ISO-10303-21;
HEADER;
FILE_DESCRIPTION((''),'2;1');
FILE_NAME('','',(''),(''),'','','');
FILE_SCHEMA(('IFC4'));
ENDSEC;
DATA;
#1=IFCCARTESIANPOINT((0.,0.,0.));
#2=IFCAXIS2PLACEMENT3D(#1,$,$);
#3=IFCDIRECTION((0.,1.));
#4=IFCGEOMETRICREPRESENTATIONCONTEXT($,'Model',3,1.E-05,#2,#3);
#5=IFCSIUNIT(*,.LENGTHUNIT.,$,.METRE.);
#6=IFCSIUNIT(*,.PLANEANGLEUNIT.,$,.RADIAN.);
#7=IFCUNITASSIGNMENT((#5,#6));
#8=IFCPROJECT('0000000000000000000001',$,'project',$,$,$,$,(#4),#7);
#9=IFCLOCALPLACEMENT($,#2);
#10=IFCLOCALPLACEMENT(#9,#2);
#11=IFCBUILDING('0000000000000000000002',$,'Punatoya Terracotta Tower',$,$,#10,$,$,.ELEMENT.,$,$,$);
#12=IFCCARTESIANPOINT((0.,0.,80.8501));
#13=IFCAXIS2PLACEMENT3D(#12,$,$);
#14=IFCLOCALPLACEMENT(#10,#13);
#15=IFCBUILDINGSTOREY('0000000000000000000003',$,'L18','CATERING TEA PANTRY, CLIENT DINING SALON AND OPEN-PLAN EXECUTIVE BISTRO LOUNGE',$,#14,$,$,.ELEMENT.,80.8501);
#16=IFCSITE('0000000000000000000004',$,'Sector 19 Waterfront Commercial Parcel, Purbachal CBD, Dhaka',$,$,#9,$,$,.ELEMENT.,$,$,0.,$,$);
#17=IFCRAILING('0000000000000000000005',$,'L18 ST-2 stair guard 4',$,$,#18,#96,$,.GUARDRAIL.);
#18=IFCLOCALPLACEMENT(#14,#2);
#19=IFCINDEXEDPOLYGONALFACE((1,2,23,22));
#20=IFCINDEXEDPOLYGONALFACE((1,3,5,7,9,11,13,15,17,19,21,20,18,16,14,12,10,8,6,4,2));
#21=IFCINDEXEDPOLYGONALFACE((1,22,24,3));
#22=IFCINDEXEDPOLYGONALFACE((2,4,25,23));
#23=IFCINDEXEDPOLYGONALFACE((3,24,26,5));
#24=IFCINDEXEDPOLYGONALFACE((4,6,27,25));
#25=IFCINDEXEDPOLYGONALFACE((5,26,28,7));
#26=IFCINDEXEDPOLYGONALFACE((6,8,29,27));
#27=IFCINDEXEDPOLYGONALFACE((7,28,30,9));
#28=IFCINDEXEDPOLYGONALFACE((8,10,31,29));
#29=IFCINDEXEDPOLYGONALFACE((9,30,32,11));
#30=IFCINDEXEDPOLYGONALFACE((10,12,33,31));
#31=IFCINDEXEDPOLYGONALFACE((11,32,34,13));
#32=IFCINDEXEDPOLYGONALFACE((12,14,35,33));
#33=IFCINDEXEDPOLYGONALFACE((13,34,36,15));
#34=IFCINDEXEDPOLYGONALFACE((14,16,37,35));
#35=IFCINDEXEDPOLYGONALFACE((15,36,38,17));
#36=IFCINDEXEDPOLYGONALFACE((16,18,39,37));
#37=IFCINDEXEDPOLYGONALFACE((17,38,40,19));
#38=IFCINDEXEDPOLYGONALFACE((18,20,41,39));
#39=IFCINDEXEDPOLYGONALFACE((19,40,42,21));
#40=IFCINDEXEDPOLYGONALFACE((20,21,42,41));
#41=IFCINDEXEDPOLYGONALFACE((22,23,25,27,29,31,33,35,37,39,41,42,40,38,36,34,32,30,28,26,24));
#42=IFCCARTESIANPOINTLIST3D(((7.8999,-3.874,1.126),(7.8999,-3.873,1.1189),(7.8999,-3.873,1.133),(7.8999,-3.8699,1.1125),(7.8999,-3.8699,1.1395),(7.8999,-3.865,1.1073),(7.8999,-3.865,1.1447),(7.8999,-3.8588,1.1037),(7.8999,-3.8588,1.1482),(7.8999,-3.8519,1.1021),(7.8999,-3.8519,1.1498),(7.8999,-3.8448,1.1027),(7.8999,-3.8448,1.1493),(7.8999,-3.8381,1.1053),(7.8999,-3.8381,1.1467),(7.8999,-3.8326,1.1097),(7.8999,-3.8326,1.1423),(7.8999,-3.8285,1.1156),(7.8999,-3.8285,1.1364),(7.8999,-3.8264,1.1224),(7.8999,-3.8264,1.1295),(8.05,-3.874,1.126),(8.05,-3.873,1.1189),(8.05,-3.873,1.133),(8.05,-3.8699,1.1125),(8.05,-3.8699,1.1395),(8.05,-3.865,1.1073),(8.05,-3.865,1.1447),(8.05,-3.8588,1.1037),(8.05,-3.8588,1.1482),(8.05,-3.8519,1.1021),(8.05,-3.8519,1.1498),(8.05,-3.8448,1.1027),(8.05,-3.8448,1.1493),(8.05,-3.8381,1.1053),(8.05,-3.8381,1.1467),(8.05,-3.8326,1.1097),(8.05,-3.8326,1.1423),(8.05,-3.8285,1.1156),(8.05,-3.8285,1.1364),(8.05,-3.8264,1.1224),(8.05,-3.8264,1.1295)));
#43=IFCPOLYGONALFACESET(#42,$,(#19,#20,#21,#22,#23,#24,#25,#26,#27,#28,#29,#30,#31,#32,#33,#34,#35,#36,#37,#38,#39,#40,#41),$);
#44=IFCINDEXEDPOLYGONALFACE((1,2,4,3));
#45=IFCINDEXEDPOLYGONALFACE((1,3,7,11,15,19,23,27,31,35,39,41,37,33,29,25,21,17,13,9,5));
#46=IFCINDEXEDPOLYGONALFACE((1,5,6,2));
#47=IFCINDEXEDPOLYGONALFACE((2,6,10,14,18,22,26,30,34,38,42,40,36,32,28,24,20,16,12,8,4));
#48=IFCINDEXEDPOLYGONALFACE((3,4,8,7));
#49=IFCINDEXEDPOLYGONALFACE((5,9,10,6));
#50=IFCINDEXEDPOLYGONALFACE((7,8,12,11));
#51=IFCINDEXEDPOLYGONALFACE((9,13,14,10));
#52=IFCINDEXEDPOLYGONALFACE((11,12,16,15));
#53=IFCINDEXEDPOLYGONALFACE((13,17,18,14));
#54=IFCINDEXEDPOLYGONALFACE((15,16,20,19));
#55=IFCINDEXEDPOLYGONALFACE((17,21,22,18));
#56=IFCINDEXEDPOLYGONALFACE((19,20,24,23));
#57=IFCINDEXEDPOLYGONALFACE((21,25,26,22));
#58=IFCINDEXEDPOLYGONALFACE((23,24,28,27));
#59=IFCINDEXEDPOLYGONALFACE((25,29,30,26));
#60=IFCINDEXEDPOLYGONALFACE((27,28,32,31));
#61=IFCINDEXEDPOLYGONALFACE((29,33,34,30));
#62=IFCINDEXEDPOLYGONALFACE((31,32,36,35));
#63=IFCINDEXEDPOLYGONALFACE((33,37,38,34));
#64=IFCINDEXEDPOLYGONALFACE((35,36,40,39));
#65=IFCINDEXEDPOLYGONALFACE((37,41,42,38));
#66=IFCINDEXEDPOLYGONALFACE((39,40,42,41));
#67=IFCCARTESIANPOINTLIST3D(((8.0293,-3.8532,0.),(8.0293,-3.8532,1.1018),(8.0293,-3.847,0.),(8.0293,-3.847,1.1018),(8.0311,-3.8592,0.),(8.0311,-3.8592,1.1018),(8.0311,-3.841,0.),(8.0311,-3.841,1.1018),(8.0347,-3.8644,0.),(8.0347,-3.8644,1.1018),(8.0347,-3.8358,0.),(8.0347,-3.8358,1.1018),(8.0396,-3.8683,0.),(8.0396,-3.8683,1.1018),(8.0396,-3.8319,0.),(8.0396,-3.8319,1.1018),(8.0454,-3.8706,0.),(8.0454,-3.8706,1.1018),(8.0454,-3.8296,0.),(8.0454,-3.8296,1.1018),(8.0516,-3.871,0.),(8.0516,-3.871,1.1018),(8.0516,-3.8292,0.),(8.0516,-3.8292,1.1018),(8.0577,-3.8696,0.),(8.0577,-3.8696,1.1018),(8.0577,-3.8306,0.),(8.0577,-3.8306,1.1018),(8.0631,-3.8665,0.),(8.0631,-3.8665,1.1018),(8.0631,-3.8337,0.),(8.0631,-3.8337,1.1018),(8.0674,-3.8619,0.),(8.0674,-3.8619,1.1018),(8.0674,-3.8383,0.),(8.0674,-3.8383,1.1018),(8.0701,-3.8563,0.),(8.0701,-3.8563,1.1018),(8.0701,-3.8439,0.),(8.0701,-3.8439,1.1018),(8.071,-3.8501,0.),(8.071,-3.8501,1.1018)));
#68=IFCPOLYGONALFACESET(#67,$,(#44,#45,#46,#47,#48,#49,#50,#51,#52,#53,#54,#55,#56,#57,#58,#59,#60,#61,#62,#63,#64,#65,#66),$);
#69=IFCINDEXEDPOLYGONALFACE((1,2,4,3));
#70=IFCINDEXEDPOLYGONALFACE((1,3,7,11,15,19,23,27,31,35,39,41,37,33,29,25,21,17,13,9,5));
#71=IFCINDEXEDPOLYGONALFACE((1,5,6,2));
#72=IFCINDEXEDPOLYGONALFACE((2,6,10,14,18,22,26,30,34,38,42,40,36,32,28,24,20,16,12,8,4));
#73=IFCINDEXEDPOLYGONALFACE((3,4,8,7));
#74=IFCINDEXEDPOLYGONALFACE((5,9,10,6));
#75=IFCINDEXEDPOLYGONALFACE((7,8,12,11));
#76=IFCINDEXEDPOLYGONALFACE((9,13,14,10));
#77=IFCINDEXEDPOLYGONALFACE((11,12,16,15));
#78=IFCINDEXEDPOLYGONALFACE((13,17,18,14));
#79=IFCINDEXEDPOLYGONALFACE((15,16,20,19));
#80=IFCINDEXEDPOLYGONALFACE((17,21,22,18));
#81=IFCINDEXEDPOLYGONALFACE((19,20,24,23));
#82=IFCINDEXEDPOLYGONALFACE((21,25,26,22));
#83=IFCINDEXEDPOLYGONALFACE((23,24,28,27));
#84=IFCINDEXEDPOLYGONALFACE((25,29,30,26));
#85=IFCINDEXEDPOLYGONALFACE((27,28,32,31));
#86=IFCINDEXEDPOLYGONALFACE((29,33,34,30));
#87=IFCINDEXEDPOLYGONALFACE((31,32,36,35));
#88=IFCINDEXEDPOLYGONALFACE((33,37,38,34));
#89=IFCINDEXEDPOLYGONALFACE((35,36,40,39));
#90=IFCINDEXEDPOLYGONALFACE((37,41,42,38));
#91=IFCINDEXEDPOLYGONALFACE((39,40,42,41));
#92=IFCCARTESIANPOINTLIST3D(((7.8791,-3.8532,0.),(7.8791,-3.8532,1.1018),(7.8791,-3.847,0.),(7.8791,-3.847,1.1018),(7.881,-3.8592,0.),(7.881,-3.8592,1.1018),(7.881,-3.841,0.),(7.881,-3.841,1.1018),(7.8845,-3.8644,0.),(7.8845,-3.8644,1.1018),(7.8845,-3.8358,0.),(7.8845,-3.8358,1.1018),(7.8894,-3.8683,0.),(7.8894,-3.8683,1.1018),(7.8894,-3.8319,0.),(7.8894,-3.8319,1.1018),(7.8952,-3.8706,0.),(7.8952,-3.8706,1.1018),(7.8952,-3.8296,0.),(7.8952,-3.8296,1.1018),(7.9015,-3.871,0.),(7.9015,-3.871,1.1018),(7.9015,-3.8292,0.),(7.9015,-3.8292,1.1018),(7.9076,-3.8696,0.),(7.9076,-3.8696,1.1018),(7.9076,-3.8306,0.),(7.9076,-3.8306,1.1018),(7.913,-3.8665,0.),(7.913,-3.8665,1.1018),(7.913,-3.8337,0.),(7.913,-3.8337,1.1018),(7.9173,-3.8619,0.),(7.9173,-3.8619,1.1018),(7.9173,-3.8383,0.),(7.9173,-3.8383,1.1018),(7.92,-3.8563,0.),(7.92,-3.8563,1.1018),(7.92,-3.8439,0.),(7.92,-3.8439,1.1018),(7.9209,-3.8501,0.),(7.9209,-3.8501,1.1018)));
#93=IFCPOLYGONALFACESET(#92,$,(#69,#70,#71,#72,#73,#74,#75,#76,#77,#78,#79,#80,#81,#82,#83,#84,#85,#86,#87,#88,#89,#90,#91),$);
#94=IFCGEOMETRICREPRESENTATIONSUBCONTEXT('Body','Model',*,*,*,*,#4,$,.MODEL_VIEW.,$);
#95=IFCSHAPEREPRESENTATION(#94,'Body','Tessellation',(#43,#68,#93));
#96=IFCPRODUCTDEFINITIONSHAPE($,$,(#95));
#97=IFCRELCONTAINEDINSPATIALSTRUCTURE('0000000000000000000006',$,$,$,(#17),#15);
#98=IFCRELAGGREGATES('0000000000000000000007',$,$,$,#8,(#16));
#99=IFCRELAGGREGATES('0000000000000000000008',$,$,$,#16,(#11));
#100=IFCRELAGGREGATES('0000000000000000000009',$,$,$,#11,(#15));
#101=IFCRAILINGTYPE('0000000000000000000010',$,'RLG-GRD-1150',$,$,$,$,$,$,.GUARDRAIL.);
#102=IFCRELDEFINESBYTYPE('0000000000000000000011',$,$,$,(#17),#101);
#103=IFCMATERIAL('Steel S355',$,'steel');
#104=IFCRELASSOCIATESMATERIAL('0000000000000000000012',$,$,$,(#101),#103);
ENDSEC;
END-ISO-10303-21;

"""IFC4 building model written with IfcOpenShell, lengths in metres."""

from ifc_helpers import new_model, si_unit, direction, frame, origin, origin_2d, place, context, subcontext, project, spatial, circle, extrude, material, type_object, element, save


model = new_model("IFC4")

# Units and contexts
model_context = context("Model", 3, precision=1e-05, world=origin(), true_north=direction((0.0, 1.0)))
body_context = subcontext(model_context, "Body", "Model", "MODEL_VIEW")
ifc_project = project(units=[si_unit("LENGTHUNIT", "METRE"), si_unit("PLANEANGLEUNIT", "RADIAN")], contexts=[model_context])

# Site, building, storey
site_placement = place(None, origin())
site = spatial("IfcSite", under=ifc_project, at=site_placement, Name="Sector 19 Waterfront Commercial Parcel, Purbachal CBD, Dhaka", CompositionType="ELEMENT", RefElevation=0.0)
building_placement = place(site_placement, origin())
building = spatial("IfcBuilding", under=site, at=building_placement, Name="Punatoya Terracotta Tower", CompositionType="ELEMENT")
storey_placement = place(building_placement, frame((0.0, 0.0, 80.8501)))
storey = spatial("IfcBuildingStorey", under=building, at=storey_placement, Name="L18", Description="CATERING TEA PANTRY, CLIENT DINING SALON AND OPEN-PLAN EXECUTIVE BISTRO LOUNGE", CompositionType="ELEMENT", Elevation=80.8501)

# Shared definitions
ifc_material_1 = material(Name="Steel S355", Category="steel")

# Railing
railing_type_1 = type_object("IfcRailingType", Name="RLG-GRD-1150", PredefinedType="GUARDRAIL", material=ifc_material_1)
railing_1_placement = place(storey_placement, frame((8.05, -3.8501, 0.0)))
element("IfcRailing", 1, at=railing_1_placement, inside=storey, type_object=railing_type_1, Name="L18 ST-2 stair guard 4", PredefinedType="GUARDRAIL", context=body_context, shape_type="SweptSolid", body=[
    extrude(circle(Radius=0.0239, at=origin_2d()), frame((0.0, 0.0, 1.126), z_axis=(-1.0, 0.0, 0.0), x_axis=(0.0, -1.0, 0.0)), (0.0, 0.0, 1.0), 0.1501),
    extrude(circle(Radius=0.021, at=origin_2d()), origin(), (0.0, 0.0, 1.0), 1.1018),
    extrude(circle(Radius=0.021, at=origin_2d()), frame((-0.1501, 0.0, 0.0)), (0.0, 0.0, 1.0), 1.1018),
])

save(model, "model.ifc")
